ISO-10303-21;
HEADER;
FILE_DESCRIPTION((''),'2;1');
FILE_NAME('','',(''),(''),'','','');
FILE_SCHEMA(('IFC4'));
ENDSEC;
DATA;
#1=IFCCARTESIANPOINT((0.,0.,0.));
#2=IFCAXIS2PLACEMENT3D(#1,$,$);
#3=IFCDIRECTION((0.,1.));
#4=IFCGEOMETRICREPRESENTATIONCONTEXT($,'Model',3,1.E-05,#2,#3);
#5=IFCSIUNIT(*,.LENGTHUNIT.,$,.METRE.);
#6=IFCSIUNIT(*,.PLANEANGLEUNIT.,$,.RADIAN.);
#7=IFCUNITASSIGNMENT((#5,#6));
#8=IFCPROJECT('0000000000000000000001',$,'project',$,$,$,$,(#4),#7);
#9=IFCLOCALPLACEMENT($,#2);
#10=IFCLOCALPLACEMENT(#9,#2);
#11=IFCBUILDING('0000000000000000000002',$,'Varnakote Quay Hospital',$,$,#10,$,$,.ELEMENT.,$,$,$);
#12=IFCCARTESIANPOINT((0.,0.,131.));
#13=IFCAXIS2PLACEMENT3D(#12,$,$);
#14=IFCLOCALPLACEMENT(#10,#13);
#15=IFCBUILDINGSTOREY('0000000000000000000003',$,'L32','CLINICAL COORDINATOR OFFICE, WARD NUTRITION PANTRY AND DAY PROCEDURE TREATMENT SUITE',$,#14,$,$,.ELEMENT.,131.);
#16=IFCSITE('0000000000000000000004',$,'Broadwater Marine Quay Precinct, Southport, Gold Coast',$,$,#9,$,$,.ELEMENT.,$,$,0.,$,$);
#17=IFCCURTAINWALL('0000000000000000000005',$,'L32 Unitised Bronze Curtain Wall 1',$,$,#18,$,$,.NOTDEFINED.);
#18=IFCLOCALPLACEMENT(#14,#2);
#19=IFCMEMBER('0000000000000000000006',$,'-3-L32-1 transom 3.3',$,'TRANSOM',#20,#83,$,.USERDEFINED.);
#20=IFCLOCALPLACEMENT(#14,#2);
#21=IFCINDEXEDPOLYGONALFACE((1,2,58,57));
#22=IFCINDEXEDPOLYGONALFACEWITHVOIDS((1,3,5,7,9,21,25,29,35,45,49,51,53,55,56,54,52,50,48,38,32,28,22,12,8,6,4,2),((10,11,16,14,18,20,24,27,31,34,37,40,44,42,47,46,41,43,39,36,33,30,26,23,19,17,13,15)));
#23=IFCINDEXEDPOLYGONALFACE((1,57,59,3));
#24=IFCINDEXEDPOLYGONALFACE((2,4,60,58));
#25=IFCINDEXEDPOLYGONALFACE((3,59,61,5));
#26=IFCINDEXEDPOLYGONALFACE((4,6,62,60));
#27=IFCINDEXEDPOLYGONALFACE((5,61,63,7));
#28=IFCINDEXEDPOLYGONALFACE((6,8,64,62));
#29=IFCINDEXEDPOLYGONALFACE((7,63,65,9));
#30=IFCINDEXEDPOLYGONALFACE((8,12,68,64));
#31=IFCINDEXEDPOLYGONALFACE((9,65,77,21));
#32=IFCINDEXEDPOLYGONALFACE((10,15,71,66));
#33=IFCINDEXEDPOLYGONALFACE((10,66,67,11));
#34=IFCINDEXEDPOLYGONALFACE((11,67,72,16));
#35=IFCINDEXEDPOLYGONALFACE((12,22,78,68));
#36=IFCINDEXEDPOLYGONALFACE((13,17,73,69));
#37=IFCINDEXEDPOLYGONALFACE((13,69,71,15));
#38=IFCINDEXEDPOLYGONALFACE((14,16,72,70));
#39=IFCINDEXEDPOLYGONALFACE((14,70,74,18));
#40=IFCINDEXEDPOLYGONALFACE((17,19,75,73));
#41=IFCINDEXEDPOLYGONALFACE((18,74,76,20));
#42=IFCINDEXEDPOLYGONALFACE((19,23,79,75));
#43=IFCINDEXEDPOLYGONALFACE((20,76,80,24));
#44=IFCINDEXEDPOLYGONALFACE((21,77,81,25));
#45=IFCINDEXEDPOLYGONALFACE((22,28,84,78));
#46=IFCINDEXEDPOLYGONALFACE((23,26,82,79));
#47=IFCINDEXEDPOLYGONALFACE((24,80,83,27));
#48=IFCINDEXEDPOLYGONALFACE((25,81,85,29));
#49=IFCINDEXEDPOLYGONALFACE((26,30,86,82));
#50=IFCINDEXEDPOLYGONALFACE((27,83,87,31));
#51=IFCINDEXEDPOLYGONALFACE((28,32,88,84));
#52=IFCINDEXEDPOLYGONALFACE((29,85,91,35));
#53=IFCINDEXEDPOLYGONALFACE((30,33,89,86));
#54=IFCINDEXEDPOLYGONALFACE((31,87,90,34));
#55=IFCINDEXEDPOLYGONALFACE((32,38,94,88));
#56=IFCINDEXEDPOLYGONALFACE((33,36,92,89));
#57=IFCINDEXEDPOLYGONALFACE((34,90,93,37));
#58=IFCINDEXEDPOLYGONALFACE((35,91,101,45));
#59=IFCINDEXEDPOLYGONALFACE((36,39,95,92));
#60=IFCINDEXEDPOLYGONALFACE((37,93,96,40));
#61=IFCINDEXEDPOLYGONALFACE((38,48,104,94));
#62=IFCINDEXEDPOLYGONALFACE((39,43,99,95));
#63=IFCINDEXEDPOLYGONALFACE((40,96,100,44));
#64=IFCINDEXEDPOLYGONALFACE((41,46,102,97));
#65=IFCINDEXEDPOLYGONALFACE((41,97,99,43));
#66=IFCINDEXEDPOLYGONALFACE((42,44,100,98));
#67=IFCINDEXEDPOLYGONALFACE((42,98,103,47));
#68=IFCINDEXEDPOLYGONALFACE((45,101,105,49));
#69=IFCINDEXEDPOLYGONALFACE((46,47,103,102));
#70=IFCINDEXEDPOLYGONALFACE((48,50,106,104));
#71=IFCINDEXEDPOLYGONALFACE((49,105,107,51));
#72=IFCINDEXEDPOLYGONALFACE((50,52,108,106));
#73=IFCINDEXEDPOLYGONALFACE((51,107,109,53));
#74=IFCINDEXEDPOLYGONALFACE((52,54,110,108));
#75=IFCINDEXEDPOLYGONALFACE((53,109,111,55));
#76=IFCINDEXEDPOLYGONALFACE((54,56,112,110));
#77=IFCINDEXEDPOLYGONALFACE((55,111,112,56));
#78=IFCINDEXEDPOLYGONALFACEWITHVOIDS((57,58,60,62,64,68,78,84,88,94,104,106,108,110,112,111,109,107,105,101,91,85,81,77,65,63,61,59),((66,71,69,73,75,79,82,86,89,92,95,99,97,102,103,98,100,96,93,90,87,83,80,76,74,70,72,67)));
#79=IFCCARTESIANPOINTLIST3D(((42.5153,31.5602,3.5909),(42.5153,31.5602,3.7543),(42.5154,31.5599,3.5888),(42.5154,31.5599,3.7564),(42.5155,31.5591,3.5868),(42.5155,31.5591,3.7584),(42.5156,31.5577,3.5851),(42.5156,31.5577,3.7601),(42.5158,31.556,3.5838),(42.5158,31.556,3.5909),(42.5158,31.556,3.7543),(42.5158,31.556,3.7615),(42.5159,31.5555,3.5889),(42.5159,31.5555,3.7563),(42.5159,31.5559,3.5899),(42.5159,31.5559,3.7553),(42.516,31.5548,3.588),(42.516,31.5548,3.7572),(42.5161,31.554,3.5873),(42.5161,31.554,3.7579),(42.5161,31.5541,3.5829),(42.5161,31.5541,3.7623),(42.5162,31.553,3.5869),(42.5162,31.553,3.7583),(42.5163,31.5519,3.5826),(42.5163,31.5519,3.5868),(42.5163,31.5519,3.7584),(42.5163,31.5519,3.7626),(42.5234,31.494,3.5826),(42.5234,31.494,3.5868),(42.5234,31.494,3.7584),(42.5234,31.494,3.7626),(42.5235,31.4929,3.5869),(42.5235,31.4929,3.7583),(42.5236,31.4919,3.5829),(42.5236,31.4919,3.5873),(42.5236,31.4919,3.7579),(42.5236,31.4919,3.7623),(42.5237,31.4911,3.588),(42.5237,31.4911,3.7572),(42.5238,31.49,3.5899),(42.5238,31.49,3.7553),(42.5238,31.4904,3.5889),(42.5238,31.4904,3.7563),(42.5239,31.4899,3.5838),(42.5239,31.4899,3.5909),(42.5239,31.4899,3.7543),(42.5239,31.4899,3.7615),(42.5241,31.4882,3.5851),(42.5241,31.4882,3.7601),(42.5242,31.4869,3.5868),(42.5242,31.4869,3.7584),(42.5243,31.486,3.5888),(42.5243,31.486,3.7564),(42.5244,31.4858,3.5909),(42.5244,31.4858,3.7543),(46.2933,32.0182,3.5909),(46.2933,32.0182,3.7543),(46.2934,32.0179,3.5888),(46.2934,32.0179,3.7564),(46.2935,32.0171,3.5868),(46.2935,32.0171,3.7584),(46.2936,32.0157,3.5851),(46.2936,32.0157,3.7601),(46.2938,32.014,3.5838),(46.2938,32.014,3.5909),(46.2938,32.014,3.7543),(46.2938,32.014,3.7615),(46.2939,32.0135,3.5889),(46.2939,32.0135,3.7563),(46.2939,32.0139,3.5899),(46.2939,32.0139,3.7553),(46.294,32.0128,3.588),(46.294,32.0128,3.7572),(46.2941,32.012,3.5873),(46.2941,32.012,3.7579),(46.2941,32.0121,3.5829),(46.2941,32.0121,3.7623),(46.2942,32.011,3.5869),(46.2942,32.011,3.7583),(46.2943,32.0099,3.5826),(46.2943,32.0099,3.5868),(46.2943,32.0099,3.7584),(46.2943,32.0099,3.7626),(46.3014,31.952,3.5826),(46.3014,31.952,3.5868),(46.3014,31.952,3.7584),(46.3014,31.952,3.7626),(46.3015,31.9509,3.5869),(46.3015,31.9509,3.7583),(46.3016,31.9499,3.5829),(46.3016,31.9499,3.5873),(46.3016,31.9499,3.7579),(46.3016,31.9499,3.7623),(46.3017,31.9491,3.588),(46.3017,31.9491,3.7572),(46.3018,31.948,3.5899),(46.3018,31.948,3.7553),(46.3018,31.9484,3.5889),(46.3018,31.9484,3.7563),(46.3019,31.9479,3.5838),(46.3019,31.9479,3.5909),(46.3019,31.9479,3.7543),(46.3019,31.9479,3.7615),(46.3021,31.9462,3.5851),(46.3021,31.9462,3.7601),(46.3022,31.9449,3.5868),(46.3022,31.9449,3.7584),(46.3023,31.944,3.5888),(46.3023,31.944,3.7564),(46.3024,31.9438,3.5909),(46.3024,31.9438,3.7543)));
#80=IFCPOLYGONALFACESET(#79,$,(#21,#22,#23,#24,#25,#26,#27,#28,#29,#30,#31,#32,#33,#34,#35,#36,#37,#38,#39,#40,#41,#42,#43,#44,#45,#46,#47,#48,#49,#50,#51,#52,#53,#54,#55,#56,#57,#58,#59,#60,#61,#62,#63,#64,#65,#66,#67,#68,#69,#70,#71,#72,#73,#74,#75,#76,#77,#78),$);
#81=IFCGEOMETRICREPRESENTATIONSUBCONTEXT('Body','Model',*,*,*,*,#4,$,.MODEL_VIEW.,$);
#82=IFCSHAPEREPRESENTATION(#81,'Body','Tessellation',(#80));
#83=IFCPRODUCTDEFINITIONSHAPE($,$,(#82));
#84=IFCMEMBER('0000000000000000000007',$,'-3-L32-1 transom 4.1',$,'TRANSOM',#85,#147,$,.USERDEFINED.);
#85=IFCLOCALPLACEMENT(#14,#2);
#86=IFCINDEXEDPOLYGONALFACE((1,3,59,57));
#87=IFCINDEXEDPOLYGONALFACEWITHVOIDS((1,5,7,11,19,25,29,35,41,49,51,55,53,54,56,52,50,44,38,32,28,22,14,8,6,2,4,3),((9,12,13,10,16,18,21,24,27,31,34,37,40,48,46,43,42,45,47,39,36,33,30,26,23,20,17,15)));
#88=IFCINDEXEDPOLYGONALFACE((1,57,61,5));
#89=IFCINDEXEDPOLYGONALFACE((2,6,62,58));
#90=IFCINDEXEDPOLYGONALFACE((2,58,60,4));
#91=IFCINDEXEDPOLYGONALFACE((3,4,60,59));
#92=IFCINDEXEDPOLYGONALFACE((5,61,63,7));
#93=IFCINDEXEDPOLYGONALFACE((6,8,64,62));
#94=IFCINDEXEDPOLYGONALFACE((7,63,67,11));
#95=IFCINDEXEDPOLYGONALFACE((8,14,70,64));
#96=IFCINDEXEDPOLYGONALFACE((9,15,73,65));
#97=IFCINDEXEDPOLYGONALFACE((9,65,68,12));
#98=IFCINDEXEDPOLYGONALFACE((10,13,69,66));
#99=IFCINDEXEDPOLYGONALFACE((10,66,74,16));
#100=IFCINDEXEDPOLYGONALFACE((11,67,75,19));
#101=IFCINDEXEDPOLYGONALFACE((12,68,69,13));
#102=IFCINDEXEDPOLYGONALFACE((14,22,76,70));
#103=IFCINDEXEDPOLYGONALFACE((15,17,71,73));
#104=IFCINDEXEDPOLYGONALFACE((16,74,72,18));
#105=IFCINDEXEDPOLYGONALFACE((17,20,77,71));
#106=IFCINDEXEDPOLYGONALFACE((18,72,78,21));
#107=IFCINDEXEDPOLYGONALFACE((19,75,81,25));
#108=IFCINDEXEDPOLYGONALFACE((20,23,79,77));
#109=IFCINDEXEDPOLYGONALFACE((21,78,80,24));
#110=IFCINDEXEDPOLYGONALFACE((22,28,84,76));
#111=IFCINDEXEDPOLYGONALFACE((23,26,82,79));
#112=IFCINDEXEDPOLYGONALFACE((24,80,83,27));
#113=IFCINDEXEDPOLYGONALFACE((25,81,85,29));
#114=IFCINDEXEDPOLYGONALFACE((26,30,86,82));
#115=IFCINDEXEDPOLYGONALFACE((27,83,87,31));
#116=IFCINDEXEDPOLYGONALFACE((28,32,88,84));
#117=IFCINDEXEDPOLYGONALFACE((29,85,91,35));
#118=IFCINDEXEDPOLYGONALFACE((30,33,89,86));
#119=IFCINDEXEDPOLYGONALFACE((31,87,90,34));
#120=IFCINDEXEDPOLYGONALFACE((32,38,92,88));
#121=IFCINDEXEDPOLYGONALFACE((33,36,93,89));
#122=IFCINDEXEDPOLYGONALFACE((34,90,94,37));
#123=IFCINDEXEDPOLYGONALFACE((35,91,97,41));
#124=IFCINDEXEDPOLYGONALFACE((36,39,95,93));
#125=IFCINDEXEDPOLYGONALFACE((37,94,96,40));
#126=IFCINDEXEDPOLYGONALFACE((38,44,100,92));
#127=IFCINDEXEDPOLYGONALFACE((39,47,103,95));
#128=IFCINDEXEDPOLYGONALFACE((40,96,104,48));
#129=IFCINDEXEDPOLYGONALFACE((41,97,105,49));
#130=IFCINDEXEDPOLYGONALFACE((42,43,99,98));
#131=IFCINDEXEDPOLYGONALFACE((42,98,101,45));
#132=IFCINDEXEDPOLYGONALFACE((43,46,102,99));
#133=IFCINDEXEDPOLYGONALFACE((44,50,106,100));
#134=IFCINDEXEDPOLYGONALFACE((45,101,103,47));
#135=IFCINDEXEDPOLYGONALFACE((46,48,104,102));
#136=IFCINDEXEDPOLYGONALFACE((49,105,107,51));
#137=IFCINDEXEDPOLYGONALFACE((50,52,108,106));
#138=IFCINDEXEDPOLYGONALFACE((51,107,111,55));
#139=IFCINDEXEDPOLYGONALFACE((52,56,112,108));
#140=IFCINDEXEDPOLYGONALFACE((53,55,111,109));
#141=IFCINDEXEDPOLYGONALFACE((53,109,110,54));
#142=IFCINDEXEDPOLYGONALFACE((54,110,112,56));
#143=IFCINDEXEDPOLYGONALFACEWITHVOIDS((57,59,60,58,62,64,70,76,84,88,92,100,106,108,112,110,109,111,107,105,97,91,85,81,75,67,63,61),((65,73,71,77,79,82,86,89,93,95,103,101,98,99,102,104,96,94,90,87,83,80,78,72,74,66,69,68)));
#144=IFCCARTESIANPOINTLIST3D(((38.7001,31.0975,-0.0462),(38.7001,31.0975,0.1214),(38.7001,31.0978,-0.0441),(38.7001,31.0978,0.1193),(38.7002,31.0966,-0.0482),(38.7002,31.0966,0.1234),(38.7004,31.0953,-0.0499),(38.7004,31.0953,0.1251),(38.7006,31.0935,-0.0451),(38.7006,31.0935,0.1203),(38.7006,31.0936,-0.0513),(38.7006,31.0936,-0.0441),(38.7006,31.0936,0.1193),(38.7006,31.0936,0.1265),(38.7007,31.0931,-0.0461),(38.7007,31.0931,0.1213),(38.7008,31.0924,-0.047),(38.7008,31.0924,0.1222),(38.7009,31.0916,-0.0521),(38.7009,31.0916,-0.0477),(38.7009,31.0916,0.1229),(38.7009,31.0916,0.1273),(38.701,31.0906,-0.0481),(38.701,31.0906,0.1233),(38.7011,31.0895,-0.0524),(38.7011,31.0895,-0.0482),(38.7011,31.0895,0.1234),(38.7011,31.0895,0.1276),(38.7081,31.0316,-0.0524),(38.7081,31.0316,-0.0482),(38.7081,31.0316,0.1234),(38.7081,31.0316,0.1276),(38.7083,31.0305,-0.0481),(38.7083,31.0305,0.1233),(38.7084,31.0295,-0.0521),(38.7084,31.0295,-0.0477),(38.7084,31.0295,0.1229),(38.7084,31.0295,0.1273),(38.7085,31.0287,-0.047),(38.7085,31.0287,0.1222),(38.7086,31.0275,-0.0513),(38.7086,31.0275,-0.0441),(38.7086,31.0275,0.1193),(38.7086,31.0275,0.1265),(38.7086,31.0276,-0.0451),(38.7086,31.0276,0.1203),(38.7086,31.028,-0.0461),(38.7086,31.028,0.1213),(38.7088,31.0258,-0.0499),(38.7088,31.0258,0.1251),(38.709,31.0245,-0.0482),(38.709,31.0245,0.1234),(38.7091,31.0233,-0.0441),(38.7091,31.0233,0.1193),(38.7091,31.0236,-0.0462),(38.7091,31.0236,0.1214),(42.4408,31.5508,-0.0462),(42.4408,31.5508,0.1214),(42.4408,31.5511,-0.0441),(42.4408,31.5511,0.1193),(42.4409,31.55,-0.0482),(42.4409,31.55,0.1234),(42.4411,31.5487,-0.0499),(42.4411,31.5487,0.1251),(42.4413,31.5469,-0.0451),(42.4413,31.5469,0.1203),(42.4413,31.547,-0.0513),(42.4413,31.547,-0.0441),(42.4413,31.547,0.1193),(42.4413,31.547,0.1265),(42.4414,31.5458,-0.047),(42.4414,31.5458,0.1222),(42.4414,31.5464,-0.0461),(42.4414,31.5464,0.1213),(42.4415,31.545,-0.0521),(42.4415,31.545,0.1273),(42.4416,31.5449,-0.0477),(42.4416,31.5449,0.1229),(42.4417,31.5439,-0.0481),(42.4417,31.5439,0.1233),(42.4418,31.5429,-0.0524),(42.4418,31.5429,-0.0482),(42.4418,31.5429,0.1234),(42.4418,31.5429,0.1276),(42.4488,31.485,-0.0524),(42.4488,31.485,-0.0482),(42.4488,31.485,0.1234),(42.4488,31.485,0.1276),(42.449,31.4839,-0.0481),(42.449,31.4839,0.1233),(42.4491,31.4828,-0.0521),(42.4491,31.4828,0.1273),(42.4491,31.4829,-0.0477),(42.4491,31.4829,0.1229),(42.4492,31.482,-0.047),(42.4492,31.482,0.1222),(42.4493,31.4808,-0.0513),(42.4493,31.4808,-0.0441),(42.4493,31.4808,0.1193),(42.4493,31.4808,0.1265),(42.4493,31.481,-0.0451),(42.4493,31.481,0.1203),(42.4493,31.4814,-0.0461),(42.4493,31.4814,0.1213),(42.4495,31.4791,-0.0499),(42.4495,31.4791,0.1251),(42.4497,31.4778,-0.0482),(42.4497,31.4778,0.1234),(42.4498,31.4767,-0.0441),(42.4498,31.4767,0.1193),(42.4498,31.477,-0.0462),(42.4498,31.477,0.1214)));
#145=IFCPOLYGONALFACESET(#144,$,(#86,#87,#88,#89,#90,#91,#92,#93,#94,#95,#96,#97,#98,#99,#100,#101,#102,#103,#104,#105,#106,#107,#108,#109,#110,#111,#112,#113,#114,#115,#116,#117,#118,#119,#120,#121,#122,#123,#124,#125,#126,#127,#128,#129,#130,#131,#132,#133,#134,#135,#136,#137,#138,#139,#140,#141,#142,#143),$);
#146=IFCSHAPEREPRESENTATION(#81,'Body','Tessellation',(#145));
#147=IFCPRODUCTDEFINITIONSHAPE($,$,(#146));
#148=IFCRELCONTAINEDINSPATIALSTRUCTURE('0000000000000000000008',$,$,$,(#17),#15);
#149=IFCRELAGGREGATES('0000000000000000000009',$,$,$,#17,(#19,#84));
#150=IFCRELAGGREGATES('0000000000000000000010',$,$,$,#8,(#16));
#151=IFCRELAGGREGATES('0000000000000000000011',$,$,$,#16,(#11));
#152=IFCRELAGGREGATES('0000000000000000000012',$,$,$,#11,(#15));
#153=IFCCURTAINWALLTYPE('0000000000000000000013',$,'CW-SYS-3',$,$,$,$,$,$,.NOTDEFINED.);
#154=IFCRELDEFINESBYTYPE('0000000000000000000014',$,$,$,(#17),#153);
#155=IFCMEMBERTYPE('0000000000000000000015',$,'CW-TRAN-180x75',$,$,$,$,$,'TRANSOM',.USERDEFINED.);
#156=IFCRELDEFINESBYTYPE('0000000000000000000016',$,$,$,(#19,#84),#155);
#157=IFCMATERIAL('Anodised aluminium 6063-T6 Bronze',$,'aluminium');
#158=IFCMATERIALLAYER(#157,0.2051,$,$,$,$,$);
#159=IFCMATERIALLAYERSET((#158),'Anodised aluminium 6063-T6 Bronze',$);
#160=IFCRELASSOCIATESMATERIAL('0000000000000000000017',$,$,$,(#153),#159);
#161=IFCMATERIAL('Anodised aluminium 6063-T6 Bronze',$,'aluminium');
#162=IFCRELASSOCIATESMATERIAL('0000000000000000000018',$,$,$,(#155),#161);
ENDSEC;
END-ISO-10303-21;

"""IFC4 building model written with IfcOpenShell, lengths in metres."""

from ifc_helpers import new_model, si_unit, direction, frame, origin, origin_2d, place, context, subcontext, project, spatial, hollow_rectangle, extrude, material, layer, layer_set, material_profile, profile_set, type_object, element, aggregate, save


model = new_model("IFC4")

# Units and contexts
model_context = context("Model", 3, precision=1e-05, world=origin(), true_north=direction((0.0, 1.0)))
body_context = subcontext(model_context, "Body", "Model", "MODEL_VIEW")
ifc_project = project(units=[si_unit("LENGTHUNIT", "METRE"), si_unit("PLANEANGLEUNIT", "RADIAN")], contexts=[model_context])

# Site, building, storey
site_placement = place(None, origin())
site = spatial("IfcSite", under=ifc_project, at=site_placement, Name="Broadwater Marine Quay Precinct, Southport, Gold Coast", CompositionType="ELEMENT", RefElevation=0.0)
building_placement = place(site_placement, origin())
building = spatial("IfcBuilding", under=site, at=building_placement, Name="Varnakote Quay Hospital", CompositionType="ELEMENT")
storey_placement = place(building_placement, frame((0.0, 0.0, 131.0)))
storey = spatial("IfcBuildingStorey", under=building, at=storey_placement, Name="L32", Description="CLINICAL COORDINATOR OFFICE, WARD NUTRITION PANTRY AND DAY PROCEDURE TREATMENT SUITE", CompositionType="ELEMENT", Elevation=131.0)

# Curtain wall, members
ifc_material_1 = material(Name="Anodised aluminium 6063-T6 Bronze", Category="aluminium")
ifc_layer_1 = layer(ifc_material_1, 0.2051)
ifc_layer_set_1 = layer_set([ifc_layer_1], Name="Anodised aluminium 6063-T6 Bronze")
curtain_wall_type = type_object("IfcCurtainWallType", Name="CW-SYS-3", PredefinedType="NOTDEFINED", material=ifc_layer_set_1)
curtain_wall_placement = place(storey_placement, origin())
curtain_wall = element("IfcCurtainWall", 1, at=curtain_wall_placement, inside=storey, type_object=curtain_wall_type, Name="L32 Unitised Bronze Curtain Wall 1", PredefinedType="NOTDEFINED")
ifc_material_2 = material(Name="Anodised aluminium 6063-T6 Bronze", Category="aluminium")
ifc_material_profile_1 = material_profile(ifc_material_2, hollow_rectangle(XDim=0.075, YDim=0.1799, WallThickness=0.0042, InnerFilletRadius=0.0042, OuterFilletRadius=0.0083, at=origin_2d()), Name="CW-TRAN-180x75")
ifc_profile_set_1 = profile_set([ifc_material_profile_1], Name="Anodised aluminium 6063-T6 Bronze")
member_type_1 = type_object("IfcMemberType", Name="CW-TRAN-180x75", ElementType="TRANSOM", PredefinedType="USERDEFINED", material=ifc_profile_set_1)
member_1_placement = place(storey_placement, frame((46.2979, 31.981, 3.6726), z_axis=(-0.992732, -0.120347, 0.0), x_axis=(0.120347, -0.992732, 0.0)))
member_1 = element("IfcMember", 2, at=member_1_placement, type_object=member_type_1, Name="-3-L32-1 transom 3.3", ObjectType="TRANSOM", PredefinedType="USERDEFINED", context=body_context, shape_type="SweptSolid", body=[
    extrude(hollow_rectangle(XDim=0.075, YDim=0.1799, WallThickness=0.0042, InnerFilletRadius=0.0042, OuterFilletRadius=0.0083, at=origin_2d()), origin(), (0.0, 0.0, 1.0), 3.8057),
])
member_2_placement = place(storey_placement, frame((42.4453, 31.5139, 0.0376), z_axis=(-0.992735, -0.120318, 0.0), x_axis=(0.120318, -0.992735, 0.0)))
member_2 = element("IfcMember", 3, at=member_2_placement, type_object=member_type_1, Name="-3-L32-1 transom 4.1", ObjectType="TRANSOM", PredefinedType="USERDEFINED", context=body_context, shape_type="SweptSolid", body=[
    extrude(hollow_rectangle(XDim=0.075, YDim=0.1799, WallThickness=0.0042, InnerFilletRadius=0.0042, OuterFilletRadius=0.0083, at=origin_2d()), origin(), (0.0, 0.0, 1.0), 3.7681),
])

aggregate(curtain_wall, [member_1, member_2])

save(model, "model.ifc")
